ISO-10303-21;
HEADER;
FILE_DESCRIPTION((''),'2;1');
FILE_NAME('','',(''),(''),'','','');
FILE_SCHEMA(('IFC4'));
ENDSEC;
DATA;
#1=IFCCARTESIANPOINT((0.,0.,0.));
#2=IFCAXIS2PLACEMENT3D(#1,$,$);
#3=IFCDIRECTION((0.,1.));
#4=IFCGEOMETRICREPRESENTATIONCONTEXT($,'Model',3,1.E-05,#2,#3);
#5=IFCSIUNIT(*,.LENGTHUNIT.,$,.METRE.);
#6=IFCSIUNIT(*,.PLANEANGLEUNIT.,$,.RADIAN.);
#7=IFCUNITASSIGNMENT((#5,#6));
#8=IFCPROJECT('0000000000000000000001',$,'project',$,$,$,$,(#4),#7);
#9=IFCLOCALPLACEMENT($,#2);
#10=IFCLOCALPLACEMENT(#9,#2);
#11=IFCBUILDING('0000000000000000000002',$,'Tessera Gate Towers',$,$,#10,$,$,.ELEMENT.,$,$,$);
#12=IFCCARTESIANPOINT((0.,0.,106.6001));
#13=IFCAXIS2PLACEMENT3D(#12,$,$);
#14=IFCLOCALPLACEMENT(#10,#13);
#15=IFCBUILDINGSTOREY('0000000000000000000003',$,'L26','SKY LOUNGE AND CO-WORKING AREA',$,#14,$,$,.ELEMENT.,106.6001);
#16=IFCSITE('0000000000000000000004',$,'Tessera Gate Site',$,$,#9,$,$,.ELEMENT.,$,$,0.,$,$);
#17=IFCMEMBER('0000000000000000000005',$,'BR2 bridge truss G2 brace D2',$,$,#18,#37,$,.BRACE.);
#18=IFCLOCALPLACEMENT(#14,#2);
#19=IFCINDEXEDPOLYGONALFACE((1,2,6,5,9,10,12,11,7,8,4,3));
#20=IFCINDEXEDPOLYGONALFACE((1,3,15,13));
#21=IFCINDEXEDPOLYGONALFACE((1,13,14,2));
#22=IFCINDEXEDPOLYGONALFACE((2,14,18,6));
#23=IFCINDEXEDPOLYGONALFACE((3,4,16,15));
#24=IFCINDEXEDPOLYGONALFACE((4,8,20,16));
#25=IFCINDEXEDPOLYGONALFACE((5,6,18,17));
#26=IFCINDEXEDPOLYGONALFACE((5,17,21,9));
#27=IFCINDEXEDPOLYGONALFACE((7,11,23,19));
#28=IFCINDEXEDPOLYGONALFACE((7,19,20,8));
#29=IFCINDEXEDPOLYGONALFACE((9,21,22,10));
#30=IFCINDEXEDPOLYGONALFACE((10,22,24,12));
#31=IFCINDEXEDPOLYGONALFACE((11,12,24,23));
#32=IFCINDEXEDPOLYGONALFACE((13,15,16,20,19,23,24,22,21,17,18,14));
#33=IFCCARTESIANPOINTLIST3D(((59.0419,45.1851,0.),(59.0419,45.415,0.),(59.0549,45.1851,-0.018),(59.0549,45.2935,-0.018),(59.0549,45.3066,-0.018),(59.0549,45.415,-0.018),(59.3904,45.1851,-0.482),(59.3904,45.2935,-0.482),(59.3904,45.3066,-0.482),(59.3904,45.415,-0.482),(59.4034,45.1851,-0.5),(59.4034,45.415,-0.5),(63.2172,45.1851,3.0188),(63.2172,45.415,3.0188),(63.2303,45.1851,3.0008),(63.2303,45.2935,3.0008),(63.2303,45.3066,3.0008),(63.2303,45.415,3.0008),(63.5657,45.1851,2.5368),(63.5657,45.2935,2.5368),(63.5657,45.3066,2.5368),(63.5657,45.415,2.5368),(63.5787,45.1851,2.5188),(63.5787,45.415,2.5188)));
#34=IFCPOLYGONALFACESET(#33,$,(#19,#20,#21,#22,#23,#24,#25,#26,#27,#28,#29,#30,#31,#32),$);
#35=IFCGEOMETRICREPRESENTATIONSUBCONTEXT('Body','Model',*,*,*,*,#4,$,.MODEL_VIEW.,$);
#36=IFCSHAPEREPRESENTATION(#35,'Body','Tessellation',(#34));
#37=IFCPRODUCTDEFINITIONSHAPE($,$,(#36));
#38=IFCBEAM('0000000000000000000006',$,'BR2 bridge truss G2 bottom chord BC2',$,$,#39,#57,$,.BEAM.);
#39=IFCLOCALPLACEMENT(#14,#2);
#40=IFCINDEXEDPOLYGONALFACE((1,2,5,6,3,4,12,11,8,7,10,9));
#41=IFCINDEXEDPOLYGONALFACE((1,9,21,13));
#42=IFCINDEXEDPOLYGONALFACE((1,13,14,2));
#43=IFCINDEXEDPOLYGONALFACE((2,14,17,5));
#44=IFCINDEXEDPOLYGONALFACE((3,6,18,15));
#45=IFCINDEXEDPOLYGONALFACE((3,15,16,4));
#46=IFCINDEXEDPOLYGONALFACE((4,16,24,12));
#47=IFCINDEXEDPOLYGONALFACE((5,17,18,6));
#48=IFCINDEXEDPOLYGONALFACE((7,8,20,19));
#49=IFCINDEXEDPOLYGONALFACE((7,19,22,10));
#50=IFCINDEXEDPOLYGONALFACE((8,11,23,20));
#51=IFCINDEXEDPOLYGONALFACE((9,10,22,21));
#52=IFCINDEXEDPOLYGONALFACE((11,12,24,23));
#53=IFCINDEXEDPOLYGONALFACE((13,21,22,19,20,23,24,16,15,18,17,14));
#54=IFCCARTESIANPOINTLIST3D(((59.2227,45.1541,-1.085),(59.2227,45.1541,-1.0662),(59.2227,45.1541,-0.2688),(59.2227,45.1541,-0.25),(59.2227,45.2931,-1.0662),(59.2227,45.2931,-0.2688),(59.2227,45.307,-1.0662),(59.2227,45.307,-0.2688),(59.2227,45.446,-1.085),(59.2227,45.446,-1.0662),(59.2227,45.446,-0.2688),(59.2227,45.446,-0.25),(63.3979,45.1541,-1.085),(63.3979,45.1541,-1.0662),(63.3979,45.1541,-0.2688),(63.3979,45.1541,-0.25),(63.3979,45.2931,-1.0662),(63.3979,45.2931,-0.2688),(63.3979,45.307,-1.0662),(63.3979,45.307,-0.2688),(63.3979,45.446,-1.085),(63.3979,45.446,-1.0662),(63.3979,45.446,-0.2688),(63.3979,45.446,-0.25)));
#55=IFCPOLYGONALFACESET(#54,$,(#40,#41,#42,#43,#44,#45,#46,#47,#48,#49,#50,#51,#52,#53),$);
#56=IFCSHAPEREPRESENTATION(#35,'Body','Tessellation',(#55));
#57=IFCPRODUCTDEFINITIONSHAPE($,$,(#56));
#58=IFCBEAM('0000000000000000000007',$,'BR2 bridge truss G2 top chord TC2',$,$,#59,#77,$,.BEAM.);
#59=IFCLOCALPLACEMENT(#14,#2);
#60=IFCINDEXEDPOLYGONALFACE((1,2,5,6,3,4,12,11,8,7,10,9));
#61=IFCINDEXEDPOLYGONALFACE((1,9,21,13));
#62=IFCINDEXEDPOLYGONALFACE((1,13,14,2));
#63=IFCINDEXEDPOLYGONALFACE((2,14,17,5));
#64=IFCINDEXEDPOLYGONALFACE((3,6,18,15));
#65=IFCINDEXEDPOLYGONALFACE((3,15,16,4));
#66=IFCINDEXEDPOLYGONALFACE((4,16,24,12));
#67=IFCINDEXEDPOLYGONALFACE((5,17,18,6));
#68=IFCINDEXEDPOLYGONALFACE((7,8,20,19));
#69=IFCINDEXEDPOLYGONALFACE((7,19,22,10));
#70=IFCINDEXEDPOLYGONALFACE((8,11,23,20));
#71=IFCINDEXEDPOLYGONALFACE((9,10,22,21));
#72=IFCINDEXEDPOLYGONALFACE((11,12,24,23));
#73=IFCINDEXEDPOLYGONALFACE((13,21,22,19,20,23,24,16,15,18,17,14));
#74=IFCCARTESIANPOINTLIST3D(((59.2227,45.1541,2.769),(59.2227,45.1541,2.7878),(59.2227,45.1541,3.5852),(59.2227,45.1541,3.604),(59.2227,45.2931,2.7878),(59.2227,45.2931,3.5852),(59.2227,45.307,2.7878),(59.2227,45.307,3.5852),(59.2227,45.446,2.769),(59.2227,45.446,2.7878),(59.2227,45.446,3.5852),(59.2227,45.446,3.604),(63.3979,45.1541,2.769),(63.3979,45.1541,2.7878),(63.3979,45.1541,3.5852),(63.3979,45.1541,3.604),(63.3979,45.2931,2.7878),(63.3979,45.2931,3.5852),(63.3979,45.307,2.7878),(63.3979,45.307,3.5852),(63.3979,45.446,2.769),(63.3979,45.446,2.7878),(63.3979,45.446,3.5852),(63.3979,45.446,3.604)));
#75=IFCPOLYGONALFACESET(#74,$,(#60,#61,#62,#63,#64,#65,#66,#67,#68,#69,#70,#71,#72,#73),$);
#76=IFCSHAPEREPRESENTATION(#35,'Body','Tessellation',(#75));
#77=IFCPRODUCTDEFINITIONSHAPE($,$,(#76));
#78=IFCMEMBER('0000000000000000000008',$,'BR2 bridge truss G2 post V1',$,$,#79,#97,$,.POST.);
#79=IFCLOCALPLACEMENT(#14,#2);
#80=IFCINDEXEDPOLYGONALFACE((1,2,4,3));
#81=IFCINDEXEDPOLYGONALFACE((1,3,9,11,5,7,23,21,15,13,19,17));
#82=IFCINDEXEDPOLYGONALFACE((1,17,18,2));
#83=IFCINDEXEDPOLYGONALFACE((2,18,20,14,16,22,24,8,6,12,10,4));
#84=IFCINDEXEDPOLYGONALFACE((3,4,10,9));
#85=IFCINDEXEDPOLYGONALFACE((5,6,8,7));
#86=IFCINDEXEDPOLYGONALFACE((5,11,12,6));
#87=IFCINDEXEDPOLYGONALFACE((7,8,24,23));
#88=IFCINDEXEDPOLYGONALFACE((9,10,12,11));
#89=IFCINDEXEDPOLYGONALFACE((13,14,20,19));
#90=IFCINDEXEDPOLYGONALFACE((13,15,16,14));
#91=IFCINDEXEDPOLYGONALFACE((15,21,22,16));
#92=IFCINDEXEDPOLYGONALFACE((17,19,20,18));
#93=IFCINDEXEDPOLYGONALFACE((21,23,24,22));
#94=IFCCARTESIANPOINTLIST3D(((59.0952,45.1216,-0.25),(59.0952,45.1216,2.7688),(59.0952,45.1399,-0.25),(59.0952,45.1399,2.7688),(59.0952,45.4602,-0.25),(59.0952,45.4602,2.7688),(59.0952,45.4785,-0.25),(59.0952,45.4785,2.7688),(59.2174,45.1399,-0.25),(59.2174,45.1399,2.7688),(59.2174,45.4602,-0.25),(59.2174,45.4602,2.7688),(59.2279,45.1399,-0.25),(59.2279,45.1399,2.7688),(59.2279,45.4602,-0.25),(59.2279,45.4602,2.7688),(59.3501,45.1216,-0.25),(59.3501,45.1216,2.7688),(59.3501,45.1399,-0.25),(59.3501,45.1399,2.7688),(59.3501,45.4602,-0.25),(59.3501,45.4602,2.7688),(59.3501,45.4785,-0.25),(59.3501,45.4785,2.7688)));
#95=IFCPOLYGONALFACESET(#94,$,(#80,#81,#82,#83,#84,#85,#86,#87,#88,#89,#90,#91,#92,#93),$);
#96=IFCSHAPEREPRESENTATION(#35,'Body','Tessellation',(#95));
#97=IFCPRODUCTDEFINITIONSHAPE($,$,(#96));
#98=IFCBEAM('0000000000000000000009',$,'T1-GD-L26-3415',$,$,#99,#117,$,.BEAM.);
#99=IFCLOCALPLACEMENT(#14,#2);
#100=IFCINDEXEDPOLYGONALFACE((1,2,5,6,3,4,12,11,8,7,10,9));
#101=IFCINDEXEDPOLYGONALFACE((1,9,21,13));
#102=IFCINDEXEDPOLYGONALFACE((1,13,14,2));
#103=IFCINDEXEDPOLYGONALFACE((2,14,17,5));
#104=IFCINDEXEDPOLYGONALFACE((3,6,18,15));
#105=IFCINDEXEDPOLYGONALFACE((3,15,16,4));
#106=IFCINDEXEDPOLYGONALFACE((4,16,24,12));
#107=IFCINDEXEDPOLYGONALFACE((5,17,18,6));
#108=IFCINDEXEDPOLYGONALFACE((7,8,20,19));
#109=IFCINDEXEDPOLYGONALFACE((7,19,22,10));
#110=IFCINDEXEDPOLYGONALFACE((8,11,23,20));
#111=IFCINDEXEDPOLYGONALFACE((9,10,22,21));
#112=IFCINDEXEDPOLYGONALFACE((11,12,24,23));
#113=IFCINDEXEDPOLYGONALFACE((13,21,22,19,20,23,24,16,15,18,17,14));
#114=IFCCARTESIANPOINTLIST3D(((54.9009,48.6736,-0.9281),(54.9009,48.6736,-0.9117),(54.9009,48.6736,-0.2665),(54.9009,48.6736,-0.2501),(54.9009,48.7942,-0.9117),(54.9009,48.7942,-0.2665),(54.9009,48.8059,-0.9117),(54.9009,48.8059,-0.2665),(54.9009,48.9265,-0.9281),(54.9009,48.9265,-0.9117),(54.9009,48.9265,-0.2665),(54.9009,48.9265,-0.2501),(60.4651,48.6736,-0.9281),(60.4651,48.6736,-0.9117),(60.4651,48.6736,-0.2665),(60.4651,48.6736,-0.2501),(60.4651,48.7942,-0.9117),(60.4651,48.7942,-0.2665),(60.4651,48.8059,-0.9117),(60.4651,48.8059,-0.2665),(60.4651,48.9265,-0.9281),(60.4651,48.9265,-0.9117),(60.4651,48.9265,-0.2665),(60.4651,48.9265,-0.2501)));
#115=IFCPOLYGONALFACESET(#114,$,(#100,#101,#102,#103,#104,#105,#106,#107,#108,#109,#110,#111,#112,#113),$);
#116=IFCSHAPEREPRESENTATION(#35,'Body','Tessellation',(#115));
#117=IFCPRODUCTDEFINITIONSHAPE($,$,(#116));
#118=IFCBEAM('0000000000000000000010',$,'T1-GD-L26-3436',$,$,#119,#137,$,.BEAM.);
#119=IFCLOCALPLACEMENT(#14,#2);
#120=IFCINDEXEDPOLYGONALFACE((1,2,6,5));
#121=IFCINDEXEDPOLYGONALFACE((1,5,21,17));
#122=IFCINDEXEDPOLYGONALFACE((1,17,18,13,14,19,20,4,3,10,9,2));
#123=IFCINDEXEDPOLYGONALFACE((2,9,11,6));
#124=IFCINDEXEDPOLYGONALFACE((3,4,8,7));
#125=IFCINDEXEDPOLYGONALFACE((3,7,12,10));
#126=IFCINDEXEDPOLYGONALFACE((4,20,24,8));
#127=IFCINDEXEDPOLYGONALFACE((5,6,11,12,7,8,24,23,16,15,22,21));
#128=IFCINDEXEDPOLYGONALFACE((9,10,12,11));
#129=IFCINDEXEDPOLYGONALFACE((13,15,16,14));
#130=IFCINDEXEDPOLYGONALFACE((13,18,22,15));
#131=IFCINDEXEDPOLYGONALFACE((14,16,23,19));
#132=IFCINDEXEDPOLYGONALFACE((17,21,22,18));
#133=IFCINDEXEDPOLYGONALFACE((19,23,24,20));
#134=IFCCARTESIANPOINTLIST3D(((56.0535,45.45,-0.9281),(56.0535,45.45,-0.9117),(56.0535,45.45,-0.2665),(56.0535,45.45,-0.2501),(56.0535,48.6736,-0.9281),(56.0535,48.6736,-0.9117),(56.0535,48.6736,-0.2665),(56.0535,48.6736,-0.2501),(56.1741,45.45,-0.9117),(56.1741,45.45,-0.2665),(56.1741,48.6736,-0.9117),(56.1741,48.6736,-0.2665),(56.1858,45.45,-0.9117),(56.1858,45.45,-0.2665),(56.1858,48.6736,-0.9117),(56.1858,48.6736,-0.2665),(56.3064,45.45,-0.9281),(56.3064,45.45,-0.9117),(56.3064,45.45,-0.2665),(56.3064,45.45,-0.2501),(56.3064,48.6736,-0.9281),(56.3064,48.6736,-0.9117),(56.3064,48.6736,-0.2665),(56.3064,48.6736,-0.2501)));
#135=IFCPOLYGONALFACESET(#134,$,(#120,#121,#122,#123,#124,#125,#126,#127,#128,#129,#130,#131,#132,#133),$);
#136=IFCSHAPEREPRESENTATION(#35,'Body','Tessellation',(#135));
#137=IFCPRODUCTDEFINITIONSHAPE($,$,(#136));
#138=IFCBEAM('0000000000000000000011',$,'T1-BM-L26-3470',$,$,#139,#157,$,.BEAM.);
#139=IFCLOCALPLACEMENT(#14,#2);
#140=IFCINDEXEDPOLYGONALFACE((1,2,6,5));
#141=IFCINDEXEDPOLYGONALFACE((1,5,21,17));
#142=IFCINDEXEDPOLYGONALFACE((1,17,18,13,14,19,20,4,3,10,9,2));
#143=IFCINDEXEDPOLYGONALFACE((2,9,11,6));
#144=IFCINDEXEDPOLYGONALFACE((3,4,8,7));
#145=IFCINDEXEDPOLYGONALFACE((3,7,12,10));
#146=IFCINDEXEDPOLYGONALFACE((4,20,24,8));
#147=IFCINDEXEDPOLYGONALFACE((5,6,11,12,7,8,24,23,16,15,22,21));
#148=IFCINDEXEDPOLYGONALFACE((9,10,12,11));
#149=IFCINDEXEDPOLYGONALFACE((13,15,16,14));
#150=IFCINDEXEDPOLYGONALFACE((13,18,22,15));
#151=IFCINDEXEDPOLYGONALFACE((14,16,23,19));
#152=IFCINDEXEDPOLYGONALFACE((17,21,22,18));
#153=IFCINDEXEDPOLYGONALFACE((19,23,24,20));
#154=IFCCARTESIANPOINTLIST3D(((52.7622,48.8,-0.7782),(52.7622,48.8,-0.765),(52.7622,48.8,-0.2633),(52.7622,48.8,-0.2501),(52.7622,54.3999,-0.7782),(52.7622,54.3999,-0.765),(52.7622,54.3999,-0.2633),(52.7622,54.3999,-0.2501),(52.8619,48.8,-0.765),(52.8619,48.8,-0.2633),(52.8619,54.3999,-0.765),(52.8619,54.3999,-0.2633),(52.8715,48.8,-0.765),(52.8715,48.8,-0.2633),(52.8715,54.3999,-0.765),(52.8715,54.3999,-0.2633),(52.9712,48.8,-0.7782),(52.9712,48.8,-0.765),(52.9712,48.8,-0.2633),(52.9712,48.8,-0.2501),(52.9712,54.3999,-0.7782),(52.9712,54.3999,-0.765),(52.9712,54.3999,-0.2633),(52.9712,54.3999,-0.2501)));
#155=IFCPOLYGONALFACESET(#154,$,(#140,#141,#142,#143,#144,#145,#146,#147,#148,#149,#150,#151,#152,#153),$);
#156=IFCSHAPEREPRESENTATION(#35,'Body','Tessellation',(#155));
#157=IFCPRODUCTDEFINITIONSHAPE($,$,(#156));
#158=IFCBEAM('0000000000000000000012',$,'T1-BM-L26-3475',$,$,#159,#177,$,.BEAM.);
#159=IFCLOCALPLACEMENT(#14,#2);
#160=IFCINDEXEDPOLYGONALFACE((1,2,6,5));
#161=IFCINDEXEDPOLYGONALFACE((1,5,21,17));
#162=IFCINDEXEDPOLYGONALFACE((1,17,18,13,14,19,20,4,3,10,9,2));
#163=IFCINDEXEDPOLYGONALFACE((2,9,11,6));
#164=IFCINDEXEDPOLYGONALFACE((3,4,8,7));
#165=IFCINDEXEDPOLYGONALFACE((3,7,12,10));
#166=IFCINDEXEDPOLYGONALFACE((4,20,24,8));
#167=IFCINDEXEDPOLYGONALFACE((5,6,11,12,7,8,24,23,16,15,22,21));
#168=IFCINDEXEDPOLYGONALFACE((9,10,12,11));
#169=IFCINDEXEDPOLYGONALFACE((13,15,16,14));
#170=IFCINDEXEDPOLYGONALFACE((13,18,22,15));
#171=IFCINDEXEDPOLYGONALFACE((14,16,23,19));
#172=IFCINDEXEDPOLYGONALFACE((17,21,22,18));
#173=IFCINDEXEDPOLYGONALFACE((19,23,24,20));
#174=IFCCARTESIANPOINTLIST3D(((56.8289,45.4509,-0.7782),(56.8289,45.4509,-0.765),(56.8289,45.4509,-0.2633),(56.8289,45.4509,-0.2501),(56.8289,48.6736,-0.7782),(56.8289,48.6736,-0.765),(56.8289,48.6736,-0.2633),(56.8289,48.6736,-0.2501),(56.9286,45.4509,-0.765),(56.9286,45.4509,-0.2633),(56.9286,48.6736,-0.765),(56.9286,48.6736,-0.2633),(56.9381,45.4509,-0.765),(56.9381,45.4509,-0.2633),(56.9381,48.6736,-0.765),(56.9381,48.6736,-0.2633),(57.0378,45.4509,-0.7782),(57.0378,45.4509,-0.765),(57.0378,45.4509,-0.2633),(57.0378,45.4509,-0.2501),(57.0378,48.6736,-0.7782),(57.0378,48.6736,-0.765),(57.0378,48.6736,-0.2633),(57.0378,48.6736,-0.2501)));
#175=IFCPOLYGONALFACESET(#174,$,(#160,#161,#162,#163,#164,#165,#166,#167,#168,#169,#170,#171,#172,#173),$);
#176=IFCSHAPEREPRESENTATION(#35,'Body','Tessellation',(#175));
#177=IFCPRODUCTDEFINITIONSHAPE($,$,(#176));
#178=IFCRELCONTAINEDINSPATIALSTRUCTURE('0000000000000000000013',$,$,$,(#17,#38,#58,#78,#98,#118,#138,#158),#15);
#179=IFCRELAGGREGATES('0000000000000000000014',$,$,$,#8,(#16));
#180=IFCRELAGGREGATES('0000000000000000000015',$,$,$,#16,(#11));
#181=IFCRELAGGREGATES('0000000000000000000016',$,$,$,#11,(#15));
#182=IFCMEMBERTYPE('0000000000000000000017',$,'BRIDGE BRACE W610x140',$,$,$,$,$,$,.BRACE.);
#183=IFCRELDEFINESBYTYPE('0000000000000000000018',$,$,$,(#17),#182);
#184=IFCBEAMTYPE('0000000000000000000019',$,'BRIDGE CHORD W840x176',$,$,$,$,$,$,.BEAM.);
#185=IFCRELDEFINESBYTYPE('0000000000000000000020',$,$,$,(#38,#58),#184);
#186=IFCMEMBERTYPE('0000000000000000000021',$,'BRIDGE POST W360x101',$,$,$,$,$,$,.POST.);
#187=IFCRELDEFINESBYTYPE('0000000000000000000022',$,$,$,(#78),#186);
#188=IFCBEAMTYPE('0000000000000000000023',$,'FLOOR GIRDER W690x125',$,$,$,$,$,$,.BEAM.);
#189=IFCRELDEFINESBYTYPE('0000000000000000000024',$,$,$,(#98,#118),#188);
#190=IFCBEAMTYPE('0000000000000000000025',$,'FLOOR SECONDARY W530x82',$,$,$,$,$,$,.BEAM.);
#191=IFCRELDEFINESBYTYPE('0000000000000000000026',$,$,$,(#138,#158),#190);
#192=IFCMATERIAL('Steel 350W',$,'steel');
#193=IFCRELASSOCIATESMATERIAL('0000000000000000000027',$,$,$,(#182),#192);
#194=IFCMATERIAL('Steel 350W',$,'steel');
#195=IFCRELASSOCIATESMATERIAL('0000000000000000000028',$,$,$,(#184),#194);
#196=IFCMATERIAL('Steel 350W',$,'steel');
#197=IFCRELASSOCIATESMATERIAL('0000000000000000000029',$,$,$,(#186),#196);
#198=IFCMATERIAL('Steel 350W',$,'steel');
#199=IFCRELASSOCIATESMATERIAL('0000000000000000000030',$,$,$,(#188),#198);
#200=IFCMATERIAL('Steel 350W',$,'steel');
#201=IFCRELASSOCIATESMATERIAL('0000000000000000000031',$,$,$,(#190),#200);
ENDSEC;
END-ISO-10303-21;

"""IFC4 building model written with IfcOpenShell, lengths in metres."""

from ifc_helpers import new_model, si_unit, direction, frame, origin, origin_2d, place, context, subcontext, project, spatial, i_section, extrude, material, material_profile, profile_set, type_object, element, save


model = new_model("IFC4")

# Units and contexts
model_context = context("Model", 3, precision=1e-05, world=origin(), true_north=direction((0.0, 1.0)))
body_context = subcontext(model_context, "Body", "Model", "MODEL_VIEW")
ifc_project = project(units=[si_unit("LENGTHUNIT", "METRE"), si_unit("PLANEANGLEUNIT", "RADIAN")], contexts=[model_context])

# Site, building, storey
site_placement = place(None, origin())
site = spatial("IfcSite", under=ifc_project, at=site_placement, Name="Tessera Gate Site", CompositionType="ELEMENT", RefElevation=0.0)
building_placement = place(site_placement, origin())
building = spatial("IfcBuilding", under=site, at=building_placement, Name="Tessera Gate Towers", CompositionType="ELEMENT")
storey_placement = place(building_placement, frame((0.0, 0.0, 106.6001)))
storey = spatial("IfcBuildingStorey", under=building, at=storey_placement, Name="L26", Description="SKY LOUNGE AND CO-WORKING AREA", CompositionType="ELEMENT", Elevation=106.6001)

# Member
ifc_material_1 = material(Name="Steel 350W", Category="steel")
ifc_material_profile_1 = material_profile(ifc_material_1, i_section(OverallWidth=0.23, OverallDepth=0.6169, WebThickness=0.0132, FlangeThickness=0.0222, at=origin_2d()), Name="W610x140")
ifc_profile_set_1 = profile_set([ifc_material_profile_1], Name="Steel 350W")
member_type_1 = type_object("IfcMemberType", Name="BRIDGE BRACE W610x140", PredefinedType="BRACE", material=ifc_profile_set_1)
member_1_placement = place(storey_placement, frame((59.2227, 45.3, -0.25), z_axis=(0.810374, 0.0, 0.585913), x_axis=(0.0, 1.0, 0.0)))
element("IfcMember", 1, at=member_1_placement, inside=storey, type_object=member_type_1, Name="BR2 bridge truss G2 brace D2", PredefinedType="BRACE", context=body_context, shape_type="SweptSolid", body=[
    extrude(i_section(OverallWidth=0.23, OverallDepth=0.6169, WebThickness=0.0132, FlangeThickness=0.0222, at=origin_2d()), origin(), (0.0, 0.0, 1.0), 5.1523),
])

# Beams
ifc_material_2 = material(Name="Steel 350W", Category="steel")
ifc_material_profile_2 = material_profile(ifc_material_2, i_section(OverallWidth=0.292, OverallDepth=0.835, WebThickness=0.0139, FlangeThickness=0.0188, at=origin_2d()), Name="W840x176")
ifc_profile_set_2 = profile_set([ifc_material_profile_2], Name="Steel 350W")
beam_type_1 = type_object("IfcBeamType", Name="BRIDGE CHORD W840x176", PredefinedType="BEAM", material=ifc_profile_set_2)
for number, where, z_axis, x_axis, name in (
    (2, (59.2227, 45.3, -0.6675), (1.0, 0.0, 0.0), (0.0, 1.0, 0.0), "BR2 bridge truss G2 bottom chord BC2"),
    (3, (59.2227, 45.3, 3.1865), (1.0, 0.0, 0.0), (0.0, 1.0, 0.0), "BR2 bridge truss G2 top chord TC2"),
):
    element("IfcBeam", number, at=place(storey_placement, frame(where, z_axis=z_axis, x_axis=x_axis)), inside=storey, type_object=beam_type_1, Name=name, PredefinedType="BEAM", context=body_context, shape_type="SweptSolid", body=[
        extrude(i_section(OverallWidth=0.292, OverallDepth=0.835, WebThickness=0.0139, FlangeThickness=0.0188, at=origin_2d()), origin(), (0.0, 0.0, 1.0), 4.1753),
    ])

# Member
ifc_material_3 = material(Name="Steel 350W", Category="steel")
ifc_material_profile_3 = material_profile(ifc_material_3, i_section(OverallWidth=0.2549, OverallDepth=0.3569, WebThickness=0.0105, FlangeThickness=0.0183, at=origin_2d()), Name="W360x101")
ifc_profile_set_3 = profile_set([ifc_material_profile_3], Name="Steel 350W")
member_type_2 = type_object("IfcMemberType", Name="BRIDGE POST W360x101", PredefinedType="POST", material=ifc_profile_set_3)
member_2_placement = place(storey_placement, frame((59.2227, 45.3, -0.25), z_axis=(0.0, 0.0, 1.0), x_axis=(1.0, 0.0, 0.0)))
element("IfcMember", 4, at=member_2_placement, inside=storey, type_object=member_type_2, Name="BR2 bridge truss G2 post V1", PredefinedType="POST", context=body_context, shape_type="SweptSolid", body=[
    extrude(i_section(OverallWidth=0.2549, OverallDepth=0.3569, WebThickness=0.0105, FlangeThickness=0.0183, at=origin_2d()), origin(), (0.0, 0.0, 1.0), 3.0188),
])

# Beams
ifc_material_4 = material(Name="Steel 350W", Category="steel")
ifc_material_profile_4 = material_profile(ifc_material_4, i_section(OverallWidth=0.2529, OverallDepth=0.678, WebThickness=0.0117, FlangeThickness=0.0164, at=origin_2d()), Name="W690x125")
ifc_profile_set_4 = profile_set([ifc_material_profile_4], Name="Steel 350W")
beam_type_2 = type_object("IfcBeamType", Name="FLOOR GIRDER W690x125", PredefinedType="BEAM", material=ifc_profile_set_4)
beam_1_placement = place(storey_placement, frame((54.9009, 48.8, -0.5891), z_axis=(1.0, 0.0, 0.0), x_axis=(0.0, 1.0, 0.0)))
element("IfcBeam", 5, at=beam_1_placement, inside=storey, type_object=beam_type_2, Name="T1-GD-L26-3415", PredefinedType="BEAM", context=body_context, shape_type="SweptSolid", body=[
    extrude(i_section(OverallWidth=0.2529, OverallDepth=0.678, WebThickness=0.0117, FlangeThickness=0.0164, at=origin_2d()), origin(), (0.0, 0.0, 1.0), 5.5642),
])
beam_2_placement = place(storey_placement, frame((56.1799, 45.45, -0.5891), z_axis=(0.0, 1.0, 0.0), x_axis=(-1.0, 0.0, 0.0)))
element("IfcBeam", 6, at=beam_2_placement, inside=storey, type_object=beam_type_2, Name="T1-GD-L26-3436", PredefinedType="BEAM", context=body_context, shape_type="SweptSolid", body=[
    extrude(i_section(OverallWidth=0.2529, OverallDepth=0.678, WebThickness=0.0117, FlangeThickness=0.0164, at=origin_2d()), origin(), (0.0, 0.0, 1.0), 3.2236),
])
ifc_material_5 = material(Name="Steel 350W", Category="steel")
ifc_material_profile_5 = material_profile(ifc_material_5, i_section(OverallWidth=0.209, OverallDepth=0.5281, WebThickness=0.0095, FlangeThickness=0.0132, at=origin_2d()), Name="W530x82")
ifc_profile_set_5 = profile_set([ifc_material_profile_5], Name="Steel 350W")
beam_type_3 = type_object("IfcBeamType", Name="FLOOR SECONDARY W530x82", PredefinedType="BEAM", material=ifc_profile_set_5)
beam_3_placement = place(storey_placement, frame((52.8667, 48.8, -0.5142), z_axis=(0.0, 1.0, 0.0), x_axis=(-1.0, 0.0, 0.0)))
element("IfcBeam", 7, at=beam_3_placement, inside=storey, type_object=beam_type_3, Name="T1-BM-L26-3470", PredefinedType="BEAM", context=body_context, shape_type="SweptSolid", body=[
    extrude(i_section(OverallWidth=0.209, OverallDepth=0.5281, WebThickness=0.0095, FlangeThickness=0.0132, at=origin_2d()), origin(), (0.0, 0.0, 1.0), 5.5999),
])
beam_4_placement = place(storey_placement, frame((56.9333, 45.4509, -0.5142), z_axis=(0.0, 1.0, 0.0), x_axis=(-1.0, 0.0, 0.0)))
element("IfcBeam", 8, at=beam_4_placement, inside=storey, type_object=beam_type_3, Name="T1-BM-L26-3475", PredefinedType="BEAM", context=body_context, shape_type="SweptSolid", body=[
    extrude(i_section(OverallWidth=0.209, OverallDepth=0.5281, WebThickness=0.0095, FlangeThickness=0.0132, at=origin_2d()), origin(), (0.0, 0.0, 1.0), 3.2227),
])

save(model, "model.ifc")
